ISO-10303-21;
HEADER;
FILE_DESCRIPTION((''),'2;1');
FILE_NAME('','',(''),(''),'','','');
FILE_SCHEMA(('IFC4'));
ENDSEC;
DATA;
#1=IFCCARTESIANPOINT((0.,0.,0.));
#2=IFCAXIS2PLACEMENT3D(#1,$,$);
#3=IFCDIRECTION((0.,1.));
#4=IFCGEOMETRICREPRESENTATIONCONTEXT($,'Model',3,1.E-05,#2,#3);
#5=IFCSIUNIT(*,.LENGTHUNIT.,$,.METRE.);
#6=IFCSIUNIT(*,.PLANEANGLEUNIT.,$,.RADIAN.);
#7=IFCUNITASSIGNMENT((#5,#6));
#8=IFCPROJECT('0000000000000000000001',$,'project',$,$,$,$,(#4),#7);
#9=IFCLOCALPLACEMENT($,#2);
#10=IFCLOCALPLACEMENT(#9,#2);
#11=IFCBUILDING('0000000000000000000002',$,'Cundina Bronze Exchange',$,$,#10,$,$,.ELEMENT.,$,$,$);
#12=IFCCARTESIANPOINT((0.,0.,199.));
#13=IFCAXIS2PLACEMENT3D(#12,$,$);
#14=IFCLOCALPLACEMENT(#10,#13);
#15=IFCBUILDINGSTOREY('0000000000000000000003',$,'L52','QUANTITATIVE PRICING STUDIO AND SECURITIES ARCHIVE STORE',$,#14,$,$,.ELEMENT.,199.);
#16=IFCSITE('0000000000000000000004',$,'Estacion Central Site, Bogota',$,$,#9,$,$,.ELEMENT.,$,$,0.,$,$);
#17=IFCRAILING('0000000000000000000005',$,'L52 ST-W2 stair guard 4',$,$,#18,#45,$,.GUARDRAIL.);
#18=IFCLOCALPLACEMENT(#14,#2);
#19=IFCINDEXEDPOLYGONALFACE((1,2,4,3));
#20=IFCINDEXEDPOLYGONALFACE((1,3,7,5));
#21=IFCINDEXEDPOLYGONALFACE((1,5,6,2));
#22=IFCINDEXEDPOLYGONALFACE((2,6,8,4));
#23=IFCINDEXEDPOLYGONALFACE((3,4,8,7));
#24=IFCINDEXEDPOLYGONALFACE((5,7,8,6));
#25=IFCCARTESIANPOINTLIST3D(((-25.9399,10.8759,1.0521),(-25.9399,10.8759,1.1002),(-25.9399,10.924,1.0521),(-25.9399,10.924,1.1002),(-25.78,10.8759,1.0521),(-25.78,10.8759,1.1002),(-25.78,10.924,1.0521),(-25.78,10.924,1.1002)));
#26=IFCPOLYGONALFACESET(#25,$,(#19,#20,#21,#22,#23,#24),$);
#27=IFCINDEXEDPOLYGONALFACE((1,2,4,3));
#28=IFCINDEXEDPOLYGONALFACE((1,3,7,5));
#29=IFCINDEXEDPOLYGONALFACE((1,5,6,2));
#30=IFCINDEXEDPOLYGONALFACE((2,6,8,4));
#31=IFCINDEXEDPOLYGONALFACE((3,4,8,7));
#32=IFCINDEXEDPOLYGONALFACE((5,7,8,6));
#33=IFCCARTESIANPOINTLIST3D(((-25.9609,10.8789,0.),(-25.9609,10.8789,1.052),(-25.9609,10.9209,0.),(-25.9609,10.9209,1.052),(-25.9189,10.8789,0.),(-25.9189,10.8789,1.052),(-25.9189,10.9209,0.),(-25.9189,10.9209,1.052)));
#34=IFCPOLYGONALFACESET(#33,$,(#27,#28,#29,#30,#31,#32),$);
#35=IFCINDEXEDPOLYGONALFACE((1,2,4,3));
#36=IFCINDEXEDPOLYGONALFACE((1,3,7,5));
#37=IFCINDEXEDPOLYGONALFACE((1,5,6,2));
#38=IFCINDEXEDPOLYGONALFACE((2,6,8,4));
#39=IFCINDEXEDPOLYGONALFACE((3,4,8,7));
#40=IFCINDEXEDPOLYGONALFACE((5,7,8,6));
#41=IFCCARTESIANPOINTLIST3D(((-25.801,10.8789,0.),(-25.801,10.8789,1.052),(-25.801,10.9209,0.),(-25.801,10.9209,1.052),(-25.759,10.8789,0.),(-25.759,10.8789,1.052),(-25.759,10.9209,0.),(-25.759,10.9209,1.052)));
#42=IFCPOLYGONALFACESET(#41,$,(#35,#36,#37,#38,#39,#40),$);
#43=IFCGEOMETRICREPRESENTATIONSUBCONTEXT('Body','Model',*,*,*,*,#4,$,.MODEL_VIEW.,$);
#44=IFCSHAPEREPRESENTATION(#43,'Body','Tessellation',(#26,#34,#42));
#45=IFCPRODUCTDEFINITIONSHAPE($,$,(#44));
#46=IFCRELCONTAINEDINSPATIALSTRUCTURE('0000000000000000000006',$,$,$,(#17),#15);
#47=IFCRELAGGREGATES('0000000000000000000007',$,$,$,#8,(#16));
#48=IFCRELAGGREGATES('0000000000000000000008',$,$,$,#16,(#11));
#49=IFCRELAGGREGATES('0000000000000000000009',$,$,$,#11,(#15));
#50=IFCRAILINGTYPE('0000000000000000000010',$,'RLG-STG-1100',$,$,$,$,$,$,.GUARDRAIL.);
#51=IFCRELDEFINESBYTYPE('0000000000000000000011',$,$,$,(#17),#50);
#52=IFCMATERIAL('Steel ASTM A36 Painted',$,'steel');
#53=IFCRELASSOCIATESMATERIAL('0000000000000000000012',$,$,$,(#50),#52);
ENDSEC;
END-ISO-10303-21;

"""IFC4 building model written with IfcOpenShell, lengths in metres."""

from ifc_helpers import new_model, si_unit, direction, frame, origin, origin_2d, place, context, subcontext, project, spatial, rectangle, extrude, material, type_object, element, save


model = new_model("IFC4")

# Units and contexts
model_context = context("Model", 3, precision=1e-05, world=origin(), true_north=direction((0.0, 1.0)))
body_context = subcontext(model_context, "Body", "Model", "MODEL_VIEW")
ifc_project = project(units=[si_unit("LENGTHUNIT", "METRE"), si_unit("PLANEANGLEUNIT", "RADIAN")], contexts=[model_context])

# Site, building, storey
site_placement = place(None, origin())
site = spatial("IfcSite", under=ifc_project, at=site_placement, Name="Estacion Central Site, Bogota", CompositionType="ELEMENT", RefElevation=0.0)
building_placement = place(site_placement, origin())
building = spatial("IfcBuilding", under=site, at=building_placement, Name="Cundina Bronze Exchange", CompositionType="ELEMENT")
storey_placement = place(building_placement, frame((0.0, 0.0, 199.0)))
storey = spatial("IfcBuildingStorey", under=building, at=storey_placement, Name="L52", Description="QUANTITATIVE PRICING STUDIO AND SECURITIES ARCHIVE STORE", CompositionType="ELEMENT", Elevation=199.0)

# Shared definitions
ifc_material_1 = material(Name="Steel ASTM A36 Painted", Category="steel")

# Railing
railing_type_1 = type_object("IfcRailingType", Name="RLG-STG-1100", PredefinedType="GUARDRAIL", material=ifc_material_1)
railing_1_placement = place(storey_placement, frame((-25.9399, 10.8999, 0.0)))
element("IfcRailing", 1, at=railing_1_placement, inside=storey, type_object=railing_type_1, Name="L52 ST-W2 stair guard 4", PredefinedType="GUARDRAIL", context=body_context, shape_type="SweptSolid", body=[
    extrude(rectangle(XDim=0.0481, YDim=0.0481, at=origin_2d()), frame((0.0, 0.0, 1.0762), z_axis=(1.0, 0.0, 0.0), x_axis=(0.0, 1.0, 0.0)), (0.0, 0.0, 1.0), 0.1599),
    extrude(rectangle(XDim=0.042, YDim=0.042, at=origin_2d()), origin(), (0.0, 0.0, 1.0), 1.052),
    extrude(rectangle(XDim=0.042, YDim=0.042, at=origin_2d()), frame((0.1599, 0.0, 0.0)), (0.0, 0.0, 1.0), 1.052),
])

save(model, "model.ifc")
